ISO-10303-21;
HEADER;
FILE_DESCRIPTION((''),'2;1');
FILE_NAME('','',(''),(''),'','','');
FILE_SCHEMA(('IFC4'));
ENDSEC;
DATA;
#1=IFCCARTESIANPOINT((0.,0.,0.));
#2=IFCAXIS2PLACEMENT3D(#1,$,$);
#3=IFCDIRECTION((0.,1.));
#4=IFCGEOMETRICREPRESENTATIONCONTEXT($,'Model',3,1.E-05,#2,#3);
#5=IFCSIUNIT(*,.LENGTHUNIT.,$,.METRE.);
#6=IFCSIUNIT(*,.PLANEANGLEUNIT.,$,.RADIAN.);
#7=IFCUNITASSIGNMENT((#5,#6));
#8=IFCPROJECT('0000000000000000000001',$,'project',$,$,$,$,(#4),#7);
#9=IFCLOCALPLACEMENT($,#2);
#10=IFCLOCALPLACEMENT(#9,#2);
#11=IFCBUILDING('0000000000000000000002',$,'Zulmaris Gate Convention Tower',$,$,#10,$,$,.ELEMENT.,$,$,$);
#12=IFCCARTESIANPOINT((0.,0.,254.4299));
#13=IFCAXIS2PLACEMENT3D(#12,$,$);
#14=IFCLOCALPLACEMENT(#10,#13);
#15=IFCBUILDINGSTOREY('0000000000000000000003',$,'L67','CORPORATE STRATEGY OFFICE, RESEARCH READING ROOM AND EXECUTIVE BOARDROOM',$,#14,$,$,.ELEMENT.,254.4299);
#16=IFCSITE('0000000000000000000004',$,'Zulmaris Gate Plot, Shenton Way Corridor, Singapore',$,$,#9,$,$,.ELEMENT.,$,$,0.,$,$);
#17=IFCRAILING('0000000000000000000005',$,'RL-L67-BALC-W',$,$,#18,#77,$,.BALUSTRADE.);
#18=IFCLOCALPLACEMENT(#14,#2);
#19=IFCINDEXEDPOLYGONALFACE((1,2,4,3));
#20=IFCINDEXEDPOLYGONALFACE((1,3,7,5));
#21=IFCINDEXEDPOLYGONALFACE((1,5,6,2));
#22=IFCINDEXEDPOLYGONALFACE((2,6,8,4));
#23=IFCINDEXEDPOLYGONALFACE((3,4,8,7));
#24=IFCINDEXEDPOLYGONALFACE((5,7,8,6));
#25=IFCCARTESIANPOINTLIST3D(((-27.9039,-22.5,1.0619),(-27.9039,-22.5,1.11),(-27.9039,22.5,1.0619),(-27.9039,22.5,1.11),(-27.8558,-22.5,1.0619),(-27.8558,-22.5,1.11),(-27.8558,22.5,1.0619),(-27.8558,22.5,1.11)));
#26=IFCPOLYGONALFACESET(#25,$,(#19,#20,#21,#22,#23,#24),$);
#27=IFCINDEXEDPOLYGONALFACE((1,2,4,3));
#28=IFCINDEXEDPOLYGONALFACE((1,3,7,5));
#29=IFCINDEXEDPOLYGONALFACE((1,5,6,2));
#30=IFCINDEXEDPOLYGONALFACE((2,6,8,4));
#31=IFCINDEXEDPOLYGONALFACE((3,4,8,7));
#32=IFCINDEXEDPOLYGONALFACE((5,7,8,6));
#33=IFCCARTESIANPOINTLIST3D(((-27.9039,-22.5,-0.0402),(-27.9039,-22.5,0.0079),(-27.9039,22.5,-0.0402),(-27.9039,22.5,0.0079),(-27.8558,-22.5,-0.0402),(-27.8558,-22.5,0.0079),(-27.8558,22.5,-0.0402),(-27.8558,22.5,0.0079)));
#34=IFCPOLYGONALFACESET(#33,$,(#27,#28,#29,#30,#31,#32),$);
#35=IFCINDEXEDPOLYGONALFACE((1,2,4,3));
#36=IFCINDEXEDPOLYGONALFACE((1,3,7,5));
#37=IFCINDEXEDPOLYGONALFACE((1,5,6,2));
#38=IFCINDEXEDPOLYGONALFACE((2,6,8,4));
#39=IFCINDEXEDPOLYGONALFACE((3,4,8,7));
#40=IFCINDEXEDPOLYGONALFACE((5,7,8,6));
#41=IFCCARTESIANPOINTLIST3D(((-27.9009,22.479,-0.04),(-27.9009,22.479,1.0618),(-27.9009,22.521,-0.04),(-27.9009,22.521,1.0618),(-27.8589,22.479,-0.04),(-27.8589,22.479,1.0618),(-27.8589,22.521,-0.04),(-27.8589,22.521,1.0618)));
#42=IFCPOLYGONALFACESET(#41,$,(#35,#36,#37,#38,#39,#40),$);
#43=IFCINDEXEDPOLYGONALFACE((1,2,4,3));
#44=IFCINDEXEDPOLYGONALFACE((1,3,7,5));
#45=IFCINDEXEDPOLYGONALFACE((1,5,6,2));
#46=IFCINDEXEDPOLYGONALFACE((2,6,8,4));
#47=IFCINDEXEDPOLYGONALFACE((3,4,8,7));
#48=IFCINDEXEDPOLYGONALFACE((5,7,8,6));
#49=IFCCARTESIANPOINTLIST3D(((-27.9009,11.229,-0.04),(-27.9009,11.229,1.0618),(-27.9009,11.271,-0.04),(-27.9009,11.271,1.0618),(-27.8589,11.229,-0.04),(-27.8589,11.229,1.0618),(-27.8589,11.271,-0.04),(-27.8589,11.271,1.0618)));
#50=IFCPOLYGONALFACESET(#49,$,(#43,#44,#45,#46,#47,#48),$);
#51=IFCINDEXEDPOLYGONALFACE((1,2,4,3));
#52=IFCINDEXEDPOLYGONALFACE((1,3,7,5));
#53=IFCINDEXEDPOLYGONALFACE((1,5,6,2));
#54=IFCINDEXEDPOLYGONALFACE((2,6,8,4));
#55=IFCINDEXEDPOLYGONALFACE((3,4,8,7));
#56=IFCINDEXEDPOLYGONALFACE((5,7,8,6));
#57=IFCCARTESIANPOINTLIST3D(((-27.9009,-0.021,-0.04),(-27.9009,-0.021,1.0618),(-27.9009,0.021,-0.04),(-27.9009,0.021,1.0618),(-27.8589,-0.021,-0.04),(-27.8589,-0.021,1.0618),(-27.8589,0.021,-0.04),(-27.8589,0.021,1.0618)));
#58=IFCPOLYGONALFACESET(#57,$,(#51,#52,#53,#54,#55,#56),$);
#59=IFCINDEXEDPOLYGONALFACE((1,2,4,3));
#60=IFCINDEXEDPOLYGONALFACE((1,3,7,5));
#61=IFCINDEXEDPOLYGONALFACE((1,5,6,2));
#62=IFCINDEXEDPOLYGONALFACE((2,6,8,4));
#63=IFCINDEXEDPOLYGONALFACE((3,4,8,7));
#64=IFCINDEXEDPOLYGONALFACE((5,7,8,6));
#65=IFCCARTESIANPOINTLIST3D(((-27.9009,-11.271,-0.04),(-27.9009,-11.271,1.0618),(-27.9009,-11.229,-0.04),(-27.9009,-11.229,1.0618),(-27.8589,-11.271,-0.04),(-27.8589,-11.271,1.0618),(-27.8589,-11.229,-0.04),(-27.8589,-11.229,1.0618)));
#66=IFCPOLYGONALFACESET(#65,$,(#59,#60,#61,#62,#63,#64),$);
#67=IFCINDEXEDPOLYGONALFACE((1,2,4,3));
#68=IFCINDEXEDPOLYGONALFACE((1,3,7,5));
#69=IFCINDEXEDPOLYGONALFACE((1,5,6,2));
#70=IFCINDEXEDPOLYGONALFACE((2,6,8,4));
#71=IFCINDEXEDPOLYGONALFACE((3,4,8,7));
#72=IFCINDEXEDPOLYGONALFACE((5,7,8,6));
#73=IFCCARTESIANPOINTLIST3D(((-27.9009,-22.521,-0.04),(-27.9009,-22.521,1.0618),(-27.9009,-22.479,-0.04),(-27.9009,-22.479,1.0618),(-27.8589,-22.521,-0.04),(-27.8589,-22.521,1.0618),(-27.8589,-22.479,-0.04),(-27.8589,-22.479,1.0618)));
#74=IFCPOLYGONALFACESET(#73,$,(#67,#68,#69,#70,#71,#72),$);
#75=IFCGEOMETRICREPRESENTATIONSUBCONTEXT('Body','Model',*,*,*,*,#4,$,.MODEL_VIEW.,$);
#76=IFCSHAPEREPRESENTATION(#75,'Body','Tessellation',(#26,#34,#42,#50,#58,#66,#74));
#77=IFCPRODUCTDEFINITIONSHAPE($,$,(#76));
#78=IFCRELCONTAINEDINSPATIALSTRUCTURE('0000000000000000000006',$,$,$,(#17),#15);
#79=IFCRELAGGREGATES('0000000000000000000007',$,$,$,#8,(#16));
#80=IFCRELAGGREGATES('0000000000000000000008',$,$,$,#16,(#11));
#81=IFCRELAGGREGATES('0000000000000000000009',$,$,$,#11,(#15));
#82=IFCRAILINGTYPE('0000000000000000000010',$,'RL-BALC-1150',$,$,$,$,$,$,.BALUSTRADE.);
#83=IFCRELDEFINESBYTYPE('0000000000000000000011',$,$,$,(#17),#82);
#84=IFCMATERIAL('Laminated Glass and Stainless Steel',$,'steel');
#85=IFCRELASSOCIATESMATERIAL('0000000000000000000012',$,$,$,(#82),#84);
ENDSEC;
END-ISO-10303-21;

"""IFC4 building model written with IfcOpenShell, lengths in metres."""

from ifc_helpers import new_model, si_unit, direction, frame, origin, origin_2d, place, context, subcontext, project, spatial, rectangle, extrude, material, type_object, element, save


model = new_model("IFC4")

# Units and contexts
model_context = context("Model", 3, precision=1e-05, world=origin(), true_north=direction((0.0, 1.0)))
body_context = subcontext(model_context, "Body", "Model", "MODEL_VIEW")
ifc_project = project(units=[si_unit("LENGTHUNIT", "METRE"), si_unit("PLANEANGLEUNIT", "RADIAN")], contexts=[model_context])

# Site, building, storey
site_placement = place(None, origin())
site = spatial("IfcSite", under=ifc_project, at=site_placement, Name="Zulmaris Gate Plot, Shenton Way Corridor, Singapore", CompositionType="ELEMENT", RefElevation=0.0)
building_placement = place(site_placement, origin())
building = spatial("IfcBuilding", under=site, at=building_placement, Name="Zulmaris Gate Convention Tower", CompositionType="ELEMENT")
storey_placement = place(building_placement, frame((0.0, 0.0, 254.4299)))
storey = spatial("IfcBuildingStorey", under=building, at=storey_placement, Name="L67", Description="CORPORATE STRATEGY OFFICE, RESEARCH READING ROOM AND EXECUTIVE BOARDROOM", CompositionType="ELEMENT", Elevation=254.4299)

# Railing
ifc_material_1 = material(Name="Laminated Glass and Stainless Steel", Category="steel")
railing_type = type_object("IfcRailingType", Name="RL-BALC-1150", PredefinedType="BALUSTRADE", material=ifc_material_1)
railing_placement = place(storey_placement, frame((-27.8799, 22.5, -0.04)))
element("IfcRailing", 1, at=railing_placement, inside=storey, type_object=railing_type, Name="RL-L67-BALC-W", PredefinedType="BALUSTRADE", context=body_context, shape_type="SweptSolid", body=[
    extrude(rectangle(XDim=0.0481, YDim=0.0481, at=origin_2d()), frame((0.0, 0.0, 1.126), z_axis=(0.0, -1.0, 0.0), x_axis=(1.0, 0.0, 0.0)), (0.0, 0.0, 1.0), 45.0),
    extrude(rectangle(XDim=0.0481, YDim=0.0481, at=origin_2d()), frame((0.0, 0.0, 0.0239), z_axis=(0.0, -1.0, 0.0), x_axis=(1.0, 0.0, 0.0)), (0.0, 0.0, 1.0), 45.0),
    extrude(rectangle(XDim=0.042, YDim=0.042, at=origin_2d()), origin(), (0.0, 0.0, 1.0), 1.1018),
    extrude(rectangle(XDim=0.042, YDim=0.042, at=origin_2d()), frame((0.0, -11.25, 0.0)), (0.0, 0.0, 1.0), 1.1018),
    extrude(rectangle(XDim=0.042, YDim=0.042, at=origin_2d()), frame((0.0, -22.5, 0.0)), (0.0, 0.0, 1.0), 1.1018),
    extrude(rectangle(XDim=0.042, YDim=0.042, at=origin_2d()), frame((0.0, -33.75, 0.0)), (0.0, 0.0, 1.0), 1.1018),
    extrude(rectangle(XDim=0.042, YDim=0.042, at=origin_2d()), frame((0.0, -45.0, 0.0)), (0.0, 0.0, 1.0), 1.1018),
])

save(model, "model.ifc")
